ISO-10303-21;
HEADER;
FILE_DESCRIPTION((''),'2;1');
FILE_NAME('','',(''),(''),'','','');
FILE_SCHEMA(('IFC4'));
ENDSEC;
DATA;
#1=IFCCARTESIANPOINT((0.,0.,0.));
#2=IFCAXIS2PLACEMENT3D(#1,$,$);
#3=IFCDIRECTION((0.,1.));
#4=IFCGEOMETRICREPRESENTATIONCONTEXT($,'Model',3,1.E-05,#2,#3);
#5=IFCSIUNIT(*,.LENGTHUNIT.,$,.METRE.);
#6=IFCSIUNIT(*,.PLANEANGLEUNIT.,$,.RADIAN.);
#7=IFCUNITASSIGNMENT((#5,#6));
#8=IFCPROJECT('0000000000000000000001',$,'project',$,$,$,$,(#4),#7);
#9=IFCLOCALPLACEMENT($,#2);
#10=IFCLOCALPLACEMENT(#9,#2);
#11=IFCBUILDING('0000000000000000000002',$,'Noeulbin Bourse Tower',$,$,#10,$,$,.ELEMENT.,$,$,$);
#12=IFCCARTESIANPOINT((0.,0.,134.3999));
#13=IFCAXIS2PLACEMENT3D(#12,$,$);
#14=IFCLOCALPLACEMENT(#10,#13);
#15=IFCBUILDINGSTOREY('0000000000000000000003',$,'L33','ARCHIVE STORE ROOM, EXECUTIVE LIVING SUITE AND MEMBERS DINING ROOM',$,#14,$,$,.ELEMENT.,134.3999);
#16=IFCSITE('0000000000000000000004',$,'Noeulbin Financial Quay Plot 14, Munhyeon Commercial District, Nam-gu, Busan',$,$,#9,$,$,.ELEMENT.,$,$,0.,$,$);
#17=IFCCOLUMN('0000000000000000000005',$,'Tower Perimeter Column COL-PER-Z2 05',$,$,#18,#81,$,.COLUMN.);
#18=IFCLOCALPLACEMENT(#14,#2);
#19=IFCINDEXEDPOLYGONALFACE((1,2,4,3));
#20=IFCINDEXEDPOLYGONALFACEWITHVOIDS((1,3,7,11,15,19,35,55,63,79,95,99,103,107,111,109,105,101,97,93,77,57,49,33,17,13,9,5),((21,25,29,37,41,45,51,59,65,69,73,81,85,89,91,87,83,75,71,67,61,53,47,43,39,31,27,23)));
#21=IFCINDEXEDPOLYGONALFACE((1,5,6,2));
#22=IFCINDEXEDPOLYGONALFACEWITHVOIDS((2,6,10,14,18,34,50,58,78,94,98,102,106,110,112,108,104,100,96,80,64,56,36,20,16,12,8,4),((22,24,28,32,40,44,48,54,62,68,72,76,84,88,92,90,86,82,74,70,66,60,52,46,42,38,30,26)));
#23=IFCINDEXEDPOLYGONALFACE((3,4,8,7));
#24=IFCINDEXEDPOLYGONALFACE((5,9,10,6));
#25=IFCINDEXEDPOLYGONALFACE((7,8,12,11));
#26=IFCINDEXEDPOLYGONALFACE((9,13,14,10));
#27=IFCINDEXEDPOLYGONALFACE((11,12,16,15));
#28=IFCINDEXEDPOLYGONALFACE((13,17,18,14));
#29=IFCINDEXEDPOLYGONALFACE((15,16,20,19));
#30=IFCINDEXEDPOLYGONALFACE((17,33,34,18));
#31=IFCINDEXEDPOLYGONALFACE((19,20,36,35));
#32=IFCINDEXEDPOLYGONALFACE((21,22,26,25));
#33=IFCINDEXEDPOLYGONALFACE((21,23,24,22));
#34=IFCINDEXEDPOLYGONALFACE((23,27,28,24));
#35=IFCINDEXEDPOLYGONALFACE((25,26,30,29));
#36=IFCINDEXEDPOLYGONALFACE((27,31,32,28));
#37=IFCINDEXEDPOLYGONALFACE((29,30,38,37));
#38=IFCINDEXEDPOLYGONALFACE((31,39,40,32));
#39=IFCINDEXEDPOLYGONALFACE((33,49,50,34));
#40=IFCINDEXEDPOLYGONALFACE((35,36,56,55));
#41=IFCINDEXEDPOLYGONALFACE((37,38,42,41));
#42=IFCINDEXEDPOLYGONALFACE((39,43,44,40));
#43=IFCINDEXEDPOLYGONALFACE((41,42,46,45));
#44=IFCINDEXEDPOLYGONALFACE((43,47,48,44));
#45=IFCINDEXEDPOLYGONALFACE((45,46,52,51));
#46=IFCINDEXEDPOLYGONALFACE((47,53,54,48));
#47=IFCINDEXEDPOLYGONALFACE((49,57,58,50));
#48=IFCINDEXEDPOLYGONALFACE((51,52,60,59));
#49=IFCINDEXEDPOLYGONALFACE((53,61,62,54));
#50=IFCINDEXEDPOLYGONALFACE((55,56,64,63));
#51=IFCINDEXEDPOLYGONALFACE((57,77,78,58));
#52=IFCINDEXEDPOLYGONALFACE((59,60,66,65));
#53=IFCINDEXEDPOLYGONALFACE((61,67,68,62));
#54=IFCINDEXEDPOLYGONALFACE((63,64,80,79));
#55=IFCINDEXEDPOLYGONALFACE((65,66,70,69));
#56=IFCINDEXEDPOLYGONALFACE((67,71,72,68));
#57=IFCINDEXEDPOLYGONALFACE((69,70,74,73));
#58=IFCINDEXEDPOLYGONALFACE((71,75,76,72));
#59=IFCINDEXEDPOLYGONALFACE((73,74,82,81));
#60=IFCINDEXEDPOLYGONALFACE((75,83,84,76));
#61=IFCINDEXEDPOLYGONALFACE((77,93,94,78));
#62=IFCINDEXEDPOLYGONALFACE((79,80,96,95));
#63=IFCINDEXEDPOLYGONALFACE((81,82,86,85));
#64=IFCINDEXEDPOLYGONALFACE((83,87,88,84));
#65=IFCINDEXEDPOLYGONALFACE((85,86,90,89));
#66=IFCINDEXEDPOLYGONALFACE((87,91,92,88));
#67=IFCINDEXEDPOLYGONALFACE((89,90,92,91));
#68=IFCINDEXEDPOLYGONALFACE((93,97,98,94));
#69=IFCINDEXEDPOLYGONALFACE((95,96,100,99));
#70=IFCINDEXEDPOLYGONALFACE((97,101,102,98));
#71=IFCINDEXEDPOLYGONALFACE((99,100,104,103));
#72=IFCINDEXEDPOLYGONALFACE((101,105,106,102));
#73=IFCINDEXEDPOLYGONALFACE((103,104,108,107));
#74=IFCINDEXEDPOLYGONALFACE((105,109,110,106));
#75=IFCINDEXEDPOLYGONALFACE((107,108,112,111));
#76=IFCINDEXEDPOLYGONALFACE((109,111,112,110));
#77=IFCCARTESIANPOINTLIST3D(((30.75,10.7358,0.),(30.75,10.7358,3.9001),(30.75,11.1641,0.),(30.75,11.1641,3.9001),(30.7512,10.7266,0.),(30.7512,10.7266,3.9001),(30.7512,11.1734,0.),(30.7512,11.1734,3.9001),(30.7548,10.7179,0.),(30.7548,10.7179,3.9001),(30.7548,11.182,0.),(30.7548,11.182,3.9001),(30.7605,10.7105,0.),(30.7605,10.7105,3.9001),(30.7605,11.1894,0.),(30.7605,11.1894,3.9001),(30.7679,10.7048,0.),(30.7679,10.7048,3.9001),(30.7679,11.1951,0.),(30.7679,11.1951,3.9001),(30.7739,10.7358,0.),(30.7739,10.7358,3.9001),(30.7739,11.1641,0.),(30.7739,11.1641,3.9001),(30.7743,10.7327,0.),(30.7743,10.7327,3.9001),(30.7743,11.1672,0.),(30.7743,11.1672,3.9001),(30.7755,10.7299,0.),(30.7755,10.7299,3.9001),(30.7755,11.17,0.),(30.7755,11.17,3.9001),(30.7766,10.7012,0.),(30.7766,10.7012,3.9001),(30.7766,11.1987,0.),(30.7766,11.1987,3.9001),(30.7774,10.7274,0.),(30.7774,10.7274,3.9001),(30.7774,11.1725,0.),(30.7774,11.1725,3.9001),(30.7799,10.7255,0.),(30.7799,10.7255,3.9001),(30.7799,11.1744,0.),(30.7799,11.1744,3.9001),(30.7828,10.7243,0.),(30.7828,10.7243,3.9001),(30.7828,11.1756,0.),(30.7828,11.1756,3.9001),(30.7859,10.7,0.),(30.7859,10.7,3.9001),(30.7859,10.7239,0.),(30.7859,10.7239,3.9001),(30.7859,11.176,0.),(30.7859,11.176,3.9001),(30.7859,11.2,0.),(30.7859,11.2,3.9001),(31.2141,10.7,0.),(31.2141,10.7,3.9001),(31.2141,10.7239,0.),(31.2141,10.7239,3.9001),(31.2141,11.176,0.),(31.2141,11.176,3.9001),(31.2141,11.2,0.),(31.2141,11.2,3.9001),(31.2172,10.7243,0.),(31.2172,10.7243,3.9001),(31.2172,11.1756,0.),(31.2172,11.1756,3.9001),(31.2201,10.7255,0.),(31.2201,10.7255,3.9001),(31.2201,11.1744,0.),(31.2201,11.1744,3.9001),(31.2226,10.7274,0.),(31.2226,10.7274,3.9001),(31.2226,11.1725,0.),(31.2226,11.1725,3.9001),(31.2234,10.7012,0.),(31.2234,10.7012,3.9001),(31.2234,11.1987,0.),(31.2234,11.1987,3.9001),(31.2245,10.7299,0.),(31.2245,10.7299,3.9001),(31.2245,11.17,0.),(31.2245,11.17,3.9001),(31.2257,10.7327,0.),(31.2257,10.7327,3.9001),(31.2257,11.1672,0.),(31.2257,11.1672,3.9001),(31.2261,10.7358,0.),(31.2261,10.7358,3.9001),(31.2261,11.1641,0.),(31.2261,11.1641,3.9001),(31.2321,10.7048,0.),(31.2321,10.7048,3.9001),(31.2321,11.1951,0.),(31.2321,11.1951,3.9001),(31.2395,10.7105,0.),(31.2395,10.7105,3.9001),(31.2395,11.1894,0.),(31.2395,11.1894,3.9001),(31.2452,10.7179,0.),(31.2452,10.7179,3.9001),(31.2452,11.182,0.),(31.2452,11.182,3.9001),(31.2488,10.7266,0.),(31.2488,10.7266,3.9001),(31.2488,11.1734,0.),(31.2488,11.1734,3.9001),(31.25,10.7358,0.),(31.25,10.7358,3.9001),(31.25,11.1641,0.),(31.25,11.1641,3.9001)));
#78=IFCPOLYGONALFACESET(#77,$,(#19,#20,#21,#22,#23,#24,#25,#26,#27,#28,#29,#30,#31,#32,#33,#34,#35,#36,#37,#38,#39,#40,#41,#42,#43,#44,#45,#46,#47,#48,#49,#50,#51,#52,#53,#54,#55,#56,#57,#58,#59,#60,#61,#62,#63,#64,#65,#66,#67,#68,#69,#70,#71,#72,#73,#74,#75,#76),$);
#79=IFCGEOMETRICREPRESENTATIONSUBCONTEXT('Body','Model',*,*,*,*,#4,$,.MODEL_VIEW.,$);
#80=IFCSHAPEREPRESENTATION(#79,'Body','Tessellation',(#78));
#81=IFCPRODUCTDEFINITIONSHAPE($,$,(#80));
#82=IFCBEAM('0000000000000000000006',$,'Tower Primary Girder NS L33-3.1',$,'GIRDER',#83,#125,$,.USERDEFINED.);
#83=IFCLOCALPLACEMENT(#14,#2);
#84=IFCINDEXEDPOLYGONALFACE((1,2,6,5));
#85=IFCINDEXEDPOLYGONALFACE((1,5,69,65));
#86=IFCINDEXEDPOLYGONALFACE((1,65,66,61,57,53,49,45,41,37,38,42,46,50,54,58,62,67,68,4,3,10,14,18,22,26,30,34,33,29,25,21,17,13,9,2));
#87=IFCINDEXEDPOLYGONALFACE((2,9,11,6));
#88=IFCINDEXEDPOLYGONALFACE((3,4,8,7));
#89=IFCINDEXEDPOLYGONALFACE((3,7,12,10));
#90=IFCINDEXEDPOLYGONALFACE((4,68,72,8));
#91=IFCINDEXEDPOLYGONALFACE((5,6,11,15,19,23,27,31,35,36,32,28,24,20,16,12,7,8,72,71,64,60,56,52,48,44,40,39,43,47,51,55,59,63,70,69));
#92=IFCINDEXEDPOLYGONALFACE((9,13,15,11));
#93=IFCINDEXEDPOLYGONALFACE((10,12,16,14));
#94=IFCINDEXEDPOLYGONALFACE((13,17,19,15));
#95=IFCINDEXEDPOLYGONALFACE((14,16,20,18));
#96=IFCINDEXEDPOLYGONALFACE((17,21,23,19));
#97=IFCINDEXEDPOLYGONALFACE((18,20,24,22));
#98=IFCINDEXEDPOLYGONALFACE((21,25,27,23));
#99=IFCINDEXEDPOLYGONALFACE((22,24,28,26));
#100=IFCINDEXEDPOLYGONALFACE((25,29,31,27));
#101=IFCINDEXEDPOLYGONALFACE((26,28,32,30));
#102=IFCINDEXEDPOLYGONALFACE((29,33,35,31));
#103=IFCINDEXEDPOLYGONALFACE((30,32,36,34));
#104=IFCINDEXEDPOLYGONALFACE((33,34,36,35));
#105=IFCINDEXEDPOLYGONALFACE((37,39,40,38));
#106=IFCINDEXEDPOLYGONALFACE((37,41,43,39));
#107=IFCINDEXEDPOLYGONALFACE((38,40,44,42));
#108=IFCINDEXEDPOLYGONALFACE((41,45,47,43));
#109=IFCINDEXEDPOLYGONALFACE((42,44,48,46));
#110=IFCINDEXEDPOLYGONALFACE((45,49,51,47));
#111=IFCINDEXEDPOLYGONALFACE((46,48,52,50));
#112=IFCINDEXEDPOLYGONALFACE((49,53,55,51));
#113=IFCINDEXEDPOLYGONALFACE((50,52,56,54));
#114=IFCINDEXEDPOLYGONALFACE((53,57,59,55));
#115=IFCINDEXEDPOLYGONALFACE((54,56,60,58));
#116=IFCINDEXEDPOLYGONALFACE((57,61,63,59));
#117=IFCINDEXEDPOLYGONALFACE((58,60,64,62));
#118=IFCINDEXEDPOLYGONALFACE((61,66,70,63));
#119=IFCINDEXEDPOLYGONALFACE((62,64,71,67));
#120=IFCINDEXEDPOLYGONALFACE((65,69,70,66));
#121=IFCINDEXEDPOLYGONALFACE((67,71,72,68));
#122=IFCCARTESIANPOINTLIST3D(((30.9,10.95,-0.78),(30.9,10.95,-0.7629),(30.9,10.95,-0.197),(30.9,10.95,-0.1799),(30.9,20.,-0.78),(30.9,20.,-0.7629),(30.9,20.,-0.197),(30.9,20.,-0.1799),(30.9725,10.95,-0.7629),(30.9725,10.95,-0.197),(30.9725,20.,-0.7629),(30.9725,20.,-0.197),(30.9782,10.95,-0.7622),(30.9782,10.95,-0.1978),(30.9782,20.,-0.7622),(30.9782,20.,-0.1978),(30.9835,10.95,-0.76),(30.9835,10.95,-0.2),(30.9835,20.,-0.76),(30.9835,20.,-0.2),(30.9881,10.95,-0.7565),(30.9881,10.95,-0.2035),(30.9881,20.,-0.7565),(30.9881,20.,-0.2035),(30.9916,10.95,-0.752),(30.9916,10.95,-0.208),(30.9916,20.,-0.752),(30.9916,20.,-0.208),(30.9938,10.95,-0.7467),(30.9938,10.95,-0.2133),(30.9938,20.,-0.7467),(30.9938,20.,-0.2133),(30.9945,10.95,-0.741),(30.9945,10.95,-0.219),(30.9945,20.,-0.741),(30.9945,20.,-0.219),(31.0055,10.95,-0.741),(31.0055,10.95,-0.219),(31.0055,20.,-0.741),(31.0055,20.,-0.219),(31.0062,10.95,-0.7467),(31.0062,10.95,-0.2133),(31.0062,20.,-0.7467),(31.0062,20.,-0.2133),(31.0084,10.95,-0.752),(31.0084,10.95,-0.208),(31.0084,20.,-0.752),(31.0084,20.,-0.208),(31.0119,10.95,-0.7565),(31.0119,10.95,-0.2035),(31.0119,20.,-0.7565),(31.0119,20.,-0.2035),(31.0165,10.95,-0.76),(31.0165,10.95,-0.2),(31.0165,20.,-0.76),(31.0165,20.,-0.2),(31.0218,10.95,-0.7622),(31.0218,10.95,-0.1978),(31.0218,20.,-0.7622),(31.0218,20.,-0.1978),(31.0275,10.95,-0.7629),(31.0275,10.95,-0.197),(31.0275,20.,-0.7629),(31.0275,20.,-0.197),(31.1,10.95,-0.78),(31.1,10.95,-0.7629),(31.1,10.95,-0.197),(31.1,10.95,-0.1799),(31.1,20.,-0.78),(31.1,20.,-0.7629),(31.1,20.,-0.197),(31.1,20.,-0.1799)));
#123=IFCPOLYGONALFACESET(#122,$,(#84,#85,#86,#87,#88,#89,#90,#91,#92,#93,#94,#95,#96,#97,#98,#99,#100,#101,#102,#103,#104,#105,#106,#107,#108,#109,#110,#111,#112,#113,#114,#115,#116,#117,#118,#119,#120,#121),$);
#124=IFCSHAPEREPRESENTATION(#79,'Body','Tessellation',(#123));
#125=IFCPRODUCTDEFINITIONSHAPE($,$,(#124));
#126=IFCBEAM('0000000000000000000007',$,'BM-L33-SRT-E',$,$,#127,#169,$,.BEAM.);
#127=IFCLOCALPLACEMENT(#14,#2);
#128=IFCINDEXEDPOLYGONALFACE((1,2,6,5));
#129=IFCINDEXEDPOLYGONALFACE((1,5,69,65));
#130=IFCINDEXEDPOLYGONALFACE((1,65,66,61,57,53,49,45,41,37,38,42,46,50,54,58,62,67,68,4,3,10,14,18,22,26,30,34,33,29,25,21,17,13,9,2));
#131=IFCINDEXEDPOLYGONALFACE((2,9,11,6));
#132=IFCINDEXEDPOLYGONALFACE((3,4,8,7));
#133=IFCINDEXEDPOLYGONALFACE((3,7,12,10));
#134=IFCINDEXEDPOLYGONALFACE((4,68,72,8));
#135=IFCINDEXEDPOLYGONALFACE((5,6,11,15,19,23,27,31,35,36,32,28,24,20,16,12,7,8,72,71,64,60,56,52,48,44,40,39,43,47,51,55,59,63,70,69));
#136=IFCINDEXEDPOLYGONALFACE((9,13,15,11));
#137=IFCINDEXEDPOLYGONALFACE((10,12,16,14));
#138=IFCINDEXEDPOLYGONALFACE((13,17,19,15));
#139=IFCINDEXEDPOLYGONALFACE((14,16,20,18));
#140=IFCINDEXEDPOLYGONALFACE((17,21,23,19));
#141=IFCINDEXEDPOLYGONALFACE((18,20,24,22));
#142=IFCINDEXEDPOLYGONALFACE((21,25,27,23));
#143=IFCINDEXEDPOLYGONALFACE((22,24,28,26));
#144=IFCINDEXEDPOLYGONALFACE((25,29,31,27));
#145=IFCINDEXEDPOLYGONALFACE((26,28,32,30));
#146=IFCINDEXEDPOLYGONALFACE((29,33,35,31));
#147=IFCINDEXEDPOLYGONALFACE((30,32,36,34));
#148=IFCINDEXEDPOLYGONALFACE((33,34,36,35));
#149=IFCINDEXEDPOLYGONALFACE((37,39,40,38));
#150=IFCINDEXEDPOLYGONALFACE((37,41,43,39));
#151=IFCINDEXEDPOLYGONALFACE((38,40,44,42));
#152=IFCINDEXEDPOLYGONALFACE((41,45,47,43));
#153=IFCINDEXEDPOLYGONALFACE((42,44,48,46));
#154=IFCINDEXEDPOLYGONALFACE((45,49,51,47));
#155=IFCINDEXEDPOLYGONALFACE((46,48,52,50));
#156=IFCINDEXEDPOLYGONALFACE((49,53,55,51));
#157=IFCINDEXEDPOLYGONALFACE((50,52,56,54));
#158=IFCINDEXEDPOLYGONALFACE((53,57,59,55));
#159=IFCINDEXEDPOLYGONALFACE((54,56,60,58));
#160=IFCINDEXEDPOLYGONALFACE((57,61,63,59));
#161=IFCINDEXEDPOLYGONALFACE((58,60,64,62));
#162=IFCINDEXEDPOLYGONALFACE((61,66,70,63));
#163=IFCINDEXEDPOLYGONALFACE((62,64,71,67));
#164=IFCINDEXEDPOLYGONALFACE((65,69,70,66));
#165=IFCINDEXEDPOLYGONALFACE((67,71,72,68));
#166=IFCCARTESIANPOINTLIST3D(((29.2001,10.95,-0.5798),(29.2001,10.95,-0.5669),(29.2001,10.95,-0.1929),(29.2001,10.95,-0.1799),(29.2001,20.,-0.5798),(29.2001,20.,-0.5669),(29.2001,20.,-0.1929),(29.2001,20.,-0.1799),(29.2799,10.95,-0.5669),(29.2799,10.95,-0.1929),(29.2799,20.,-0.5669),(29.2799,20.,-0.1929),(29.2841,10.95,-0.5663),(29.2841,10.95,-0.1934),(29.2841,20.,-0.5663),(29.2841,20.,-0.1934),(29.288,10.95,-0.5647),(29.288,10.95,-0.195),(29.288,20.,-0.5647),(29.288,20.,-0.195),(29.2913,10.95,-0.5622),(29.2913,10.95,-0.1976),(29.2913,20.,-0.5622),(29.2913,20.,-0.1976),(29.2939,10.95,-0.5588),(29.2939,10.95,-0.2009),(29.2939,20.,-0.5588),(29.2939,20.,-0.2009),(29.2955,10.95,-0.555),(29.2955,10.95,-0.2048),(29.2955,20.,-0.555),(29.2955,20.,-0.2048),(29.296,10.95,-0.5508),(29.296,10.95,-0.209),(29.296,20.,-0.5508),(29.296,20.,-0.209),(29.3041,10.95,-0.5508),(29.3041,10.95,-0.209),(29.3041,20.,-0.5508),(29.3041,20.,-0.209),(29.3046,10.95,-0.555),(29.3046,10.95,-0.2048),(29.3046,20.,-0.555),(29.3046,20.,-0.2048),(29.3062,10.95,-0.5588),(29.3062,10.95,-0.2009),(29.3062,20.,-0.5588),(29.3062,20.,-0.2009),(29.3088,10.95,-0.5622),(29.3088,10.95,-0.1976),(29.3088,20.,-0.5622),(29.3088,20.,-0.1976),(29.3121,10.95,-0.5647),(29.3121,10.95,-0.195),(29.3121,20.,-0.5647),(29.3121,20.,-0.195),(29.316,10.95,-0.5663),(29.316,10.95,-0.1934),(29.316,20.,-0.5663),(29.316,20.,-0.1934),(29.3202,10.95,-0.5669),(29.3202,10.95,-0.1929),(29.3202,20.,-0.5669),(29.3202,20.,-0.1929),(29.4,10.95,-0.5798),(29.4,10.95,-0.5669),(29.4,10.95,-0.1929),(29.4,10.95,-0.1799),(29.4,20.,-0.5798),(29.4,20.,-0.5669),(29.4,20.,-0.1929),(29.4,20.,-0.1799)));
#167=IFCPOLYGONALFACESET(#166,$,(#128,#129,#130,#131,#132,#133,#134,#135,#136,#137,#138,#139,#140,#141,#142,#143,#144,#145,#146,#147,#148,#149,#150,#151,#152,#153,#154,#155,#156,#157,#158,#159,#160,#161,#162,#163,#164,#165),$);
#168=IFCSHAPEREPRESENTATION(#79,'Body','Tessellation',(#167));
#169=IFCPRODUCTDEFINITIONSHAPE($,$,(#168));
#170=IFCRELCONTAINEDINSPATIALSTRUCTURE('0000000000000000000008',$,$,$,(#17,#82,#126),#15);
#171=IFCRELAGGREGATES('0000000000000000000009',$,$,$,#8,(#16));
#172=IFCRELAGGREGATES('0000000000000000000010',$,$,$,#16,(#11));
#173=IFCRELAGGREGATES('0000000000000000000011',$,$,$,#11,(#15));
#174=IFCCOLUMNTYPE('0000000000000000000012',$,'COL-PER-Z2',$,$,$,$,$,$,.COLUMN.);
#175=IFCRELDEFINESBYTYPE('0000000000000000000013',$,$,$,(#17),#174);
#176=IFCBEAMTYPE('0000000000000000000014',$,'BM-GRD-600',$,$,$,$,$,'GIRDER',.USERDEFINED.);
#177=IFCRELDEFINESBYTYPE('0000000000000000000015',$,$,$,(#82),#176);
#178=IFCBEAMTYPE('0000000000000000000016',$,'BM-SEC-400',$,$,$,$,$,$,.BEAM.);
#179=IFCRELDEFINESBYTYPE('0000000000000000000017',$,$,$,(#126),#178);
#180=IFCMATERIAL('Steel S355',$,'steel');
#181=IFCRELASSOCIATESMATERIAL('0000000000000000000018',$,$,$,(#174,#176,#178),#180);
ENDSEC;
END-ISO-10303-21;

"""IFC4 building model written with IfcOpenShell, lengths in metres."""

from ifc_helpers import new_model, si_unit, direction, frame, origin, origin_2d, place, context, subcontext, project, spatial, hollow_rectangle, i_section, extrude, material, material_profile, profile_set, type_object, element, save


model = new_model("IFC4")

# Units and contexts
model_context = context("Model", 3, precision=1e-05, world=origin(), true_north=direction((0.0, 1.0)))
body_context = subcontext(model_context, "Body", "Model", "MODEL_VIEW")
ifc_project = project(units=[si_unit("LENGTHUNIT", "METRE"), si_unit("PLANEANGLEUNIT", "RADIAN")], contexts=[model_context])

# Site, building, storey
site_placement = place(None, origin())
site = spatial("IfcSite", under=ifc_project, at=site_placement, Name="Noeulbin Financial Quay Plot 14, Munhyeon Commercial District, Nam-gu, Busan", CompositionType="ELEMENT", RefElevation=0.0)
building_placement = place(site_placement, origin())
building = spatial("IfcBuilding", under=site, at=building_placement, Name="Noeulbin Bourse Tower", CompositionType="ELEMENT")
storey_placement = place(building_placement, frame((0.0, 0.0, 134.3999)))
storey = spatial("IfcBuildingStorey", under=building, at=storey_placement, Name="L33", Description="ARCHIVE STORE ROOM, EXECUTIVE LIVING SUITE AND MEMBERS DINING ROOM", CompositionType="ELEMENT", Elevation=134.3999)

# Column
ifc_material_1 = material(Name="Steel S355", Category="steel")
ifc_material_profile_1 = material_profile(ifc_material_1, hollow_rectangle(XDim=0.5, YDim=0.5, WallThickness=0.0239, InnerFilletRadius=0.012, OuterFilletRadius=0.0359, at=origin_2d()), Name="BOX-500x500x24", Category="LoadBearing")
ifc_profile_set_1 = profile_set([ifc_material_profile_1], Name="Steel S355")
column_type = type_object("IfcColumnType", Name="COL-PER-Z2", PredefinedType="COLUMN", material=ifc_profile_set_1)
column_placement = place(storey_placement, frame((31.0, 10.95, 0.0), z_axis=(0.0, 0.0, 1.0), x_axis=(1.0, 0.0, 0.0)))
element("IfcColumn", 1, at=column_placement, inside=storey, type_object=column_type, Name="Tower Perimeter Column COL-PER-Z2 05", PredefinedType="COLUMN", context=body_context, shape_type="SweptSolid", body=[
    extrude(hollow_rectangle(XDim=0.5, YDim=0.5, WallThickness=0.0239, InnerFilletRadius=0.012, OuterFilletRadius=0.0359, at=origin_2d()), origin(), (0.0, 0.0, 1.0), 3.9001),
])

# Beams
ifc_material_profile_2 = material_profile(ifc_material_1, i_section(OverallWidth=0.2, OverallDepth=0.6001, WebThickness=0.011, FlangeThickness=0.0171, FilletRadius=0.022, at=origin_2d()), Name="H-600x200x11x17", Category="LoadBearing")
ifc_profile_set_2 = profile_set([ifc_material_profile_2], Name="Steel S355")
beam_type_1 = type_object("IfcBeamType", Name="BM-GRD-600", ElementType="GIRDER", PredefinedType="USERDEFINED", material=ifc_profile_set_2)
beam_1_placement = place(storey_placement, frame((31.0, 10.95, -0.48), z_axis=(0.0, 1.0, 0.0), x_axis=(-1.0, 0.0, 0.0)))
element("IfcBeam", 2, at=beam_1_placement, inside=storey, type_object=beam_type_1, Name="Tower Primary Girder NS L33-3.1", ObjectType="GIRDER", PredefinedType="USERDEFINED", context=body_context, shape_type="SweptSolid", body=[
    extrude(i_section(OverallWidth=0.2, OverallDepth=0.6001, WebThickness=0.011, FlangeThickness=0.0171, FilletRadius=0.022, at=origin_2d()), origin(), (0.0, 0.0, 1.0), 9.05),
])
ifc_material_profile_3 = material_profile(ifc_material_1, i_section(OverallWidth=0.2, OverallDepth=0.3999, WebThickness=0.0081, FlangeThickness=0.0129, FilletRadius=0.0161, at=origin_2d()), Name="H-400x200x8x13", Category="LoadBearing")
ifc_profile_set_3 = profile_set([ifc_material_profile_3], Name="Steel S355")
beam_type_2 = type_object("IfcBeamType", Name="BM-SEC-400", PredefinedType="BEAM", material=ifc_profile_set_3)
beam_2_placement = place(storey_placement, frame((29.3, 10.95, -0.3799), z_axis=(0.0, 1.0, 0.0), x_axis=(-1.0, 0.0, 0.0)))
element("IfcBeam", 3, at=beam_2_placement, inside=storey, type_object=beam_type_2, Name="BM-L33-SRT-E", PredefinedType="BEAM", context=body_context, shape_type="SweptSolid", body=[
    extrude(i_section(OverallWidth=0.2, OverallDepth=0.3999, WebThickness=0.0081, FlangeThickness=0.0129, FilletRadius=0.0161, at=origin_2d()), origin(), (0.0, 0.0, 1.0), 9.05),
])

save(model, "model.ifc")
